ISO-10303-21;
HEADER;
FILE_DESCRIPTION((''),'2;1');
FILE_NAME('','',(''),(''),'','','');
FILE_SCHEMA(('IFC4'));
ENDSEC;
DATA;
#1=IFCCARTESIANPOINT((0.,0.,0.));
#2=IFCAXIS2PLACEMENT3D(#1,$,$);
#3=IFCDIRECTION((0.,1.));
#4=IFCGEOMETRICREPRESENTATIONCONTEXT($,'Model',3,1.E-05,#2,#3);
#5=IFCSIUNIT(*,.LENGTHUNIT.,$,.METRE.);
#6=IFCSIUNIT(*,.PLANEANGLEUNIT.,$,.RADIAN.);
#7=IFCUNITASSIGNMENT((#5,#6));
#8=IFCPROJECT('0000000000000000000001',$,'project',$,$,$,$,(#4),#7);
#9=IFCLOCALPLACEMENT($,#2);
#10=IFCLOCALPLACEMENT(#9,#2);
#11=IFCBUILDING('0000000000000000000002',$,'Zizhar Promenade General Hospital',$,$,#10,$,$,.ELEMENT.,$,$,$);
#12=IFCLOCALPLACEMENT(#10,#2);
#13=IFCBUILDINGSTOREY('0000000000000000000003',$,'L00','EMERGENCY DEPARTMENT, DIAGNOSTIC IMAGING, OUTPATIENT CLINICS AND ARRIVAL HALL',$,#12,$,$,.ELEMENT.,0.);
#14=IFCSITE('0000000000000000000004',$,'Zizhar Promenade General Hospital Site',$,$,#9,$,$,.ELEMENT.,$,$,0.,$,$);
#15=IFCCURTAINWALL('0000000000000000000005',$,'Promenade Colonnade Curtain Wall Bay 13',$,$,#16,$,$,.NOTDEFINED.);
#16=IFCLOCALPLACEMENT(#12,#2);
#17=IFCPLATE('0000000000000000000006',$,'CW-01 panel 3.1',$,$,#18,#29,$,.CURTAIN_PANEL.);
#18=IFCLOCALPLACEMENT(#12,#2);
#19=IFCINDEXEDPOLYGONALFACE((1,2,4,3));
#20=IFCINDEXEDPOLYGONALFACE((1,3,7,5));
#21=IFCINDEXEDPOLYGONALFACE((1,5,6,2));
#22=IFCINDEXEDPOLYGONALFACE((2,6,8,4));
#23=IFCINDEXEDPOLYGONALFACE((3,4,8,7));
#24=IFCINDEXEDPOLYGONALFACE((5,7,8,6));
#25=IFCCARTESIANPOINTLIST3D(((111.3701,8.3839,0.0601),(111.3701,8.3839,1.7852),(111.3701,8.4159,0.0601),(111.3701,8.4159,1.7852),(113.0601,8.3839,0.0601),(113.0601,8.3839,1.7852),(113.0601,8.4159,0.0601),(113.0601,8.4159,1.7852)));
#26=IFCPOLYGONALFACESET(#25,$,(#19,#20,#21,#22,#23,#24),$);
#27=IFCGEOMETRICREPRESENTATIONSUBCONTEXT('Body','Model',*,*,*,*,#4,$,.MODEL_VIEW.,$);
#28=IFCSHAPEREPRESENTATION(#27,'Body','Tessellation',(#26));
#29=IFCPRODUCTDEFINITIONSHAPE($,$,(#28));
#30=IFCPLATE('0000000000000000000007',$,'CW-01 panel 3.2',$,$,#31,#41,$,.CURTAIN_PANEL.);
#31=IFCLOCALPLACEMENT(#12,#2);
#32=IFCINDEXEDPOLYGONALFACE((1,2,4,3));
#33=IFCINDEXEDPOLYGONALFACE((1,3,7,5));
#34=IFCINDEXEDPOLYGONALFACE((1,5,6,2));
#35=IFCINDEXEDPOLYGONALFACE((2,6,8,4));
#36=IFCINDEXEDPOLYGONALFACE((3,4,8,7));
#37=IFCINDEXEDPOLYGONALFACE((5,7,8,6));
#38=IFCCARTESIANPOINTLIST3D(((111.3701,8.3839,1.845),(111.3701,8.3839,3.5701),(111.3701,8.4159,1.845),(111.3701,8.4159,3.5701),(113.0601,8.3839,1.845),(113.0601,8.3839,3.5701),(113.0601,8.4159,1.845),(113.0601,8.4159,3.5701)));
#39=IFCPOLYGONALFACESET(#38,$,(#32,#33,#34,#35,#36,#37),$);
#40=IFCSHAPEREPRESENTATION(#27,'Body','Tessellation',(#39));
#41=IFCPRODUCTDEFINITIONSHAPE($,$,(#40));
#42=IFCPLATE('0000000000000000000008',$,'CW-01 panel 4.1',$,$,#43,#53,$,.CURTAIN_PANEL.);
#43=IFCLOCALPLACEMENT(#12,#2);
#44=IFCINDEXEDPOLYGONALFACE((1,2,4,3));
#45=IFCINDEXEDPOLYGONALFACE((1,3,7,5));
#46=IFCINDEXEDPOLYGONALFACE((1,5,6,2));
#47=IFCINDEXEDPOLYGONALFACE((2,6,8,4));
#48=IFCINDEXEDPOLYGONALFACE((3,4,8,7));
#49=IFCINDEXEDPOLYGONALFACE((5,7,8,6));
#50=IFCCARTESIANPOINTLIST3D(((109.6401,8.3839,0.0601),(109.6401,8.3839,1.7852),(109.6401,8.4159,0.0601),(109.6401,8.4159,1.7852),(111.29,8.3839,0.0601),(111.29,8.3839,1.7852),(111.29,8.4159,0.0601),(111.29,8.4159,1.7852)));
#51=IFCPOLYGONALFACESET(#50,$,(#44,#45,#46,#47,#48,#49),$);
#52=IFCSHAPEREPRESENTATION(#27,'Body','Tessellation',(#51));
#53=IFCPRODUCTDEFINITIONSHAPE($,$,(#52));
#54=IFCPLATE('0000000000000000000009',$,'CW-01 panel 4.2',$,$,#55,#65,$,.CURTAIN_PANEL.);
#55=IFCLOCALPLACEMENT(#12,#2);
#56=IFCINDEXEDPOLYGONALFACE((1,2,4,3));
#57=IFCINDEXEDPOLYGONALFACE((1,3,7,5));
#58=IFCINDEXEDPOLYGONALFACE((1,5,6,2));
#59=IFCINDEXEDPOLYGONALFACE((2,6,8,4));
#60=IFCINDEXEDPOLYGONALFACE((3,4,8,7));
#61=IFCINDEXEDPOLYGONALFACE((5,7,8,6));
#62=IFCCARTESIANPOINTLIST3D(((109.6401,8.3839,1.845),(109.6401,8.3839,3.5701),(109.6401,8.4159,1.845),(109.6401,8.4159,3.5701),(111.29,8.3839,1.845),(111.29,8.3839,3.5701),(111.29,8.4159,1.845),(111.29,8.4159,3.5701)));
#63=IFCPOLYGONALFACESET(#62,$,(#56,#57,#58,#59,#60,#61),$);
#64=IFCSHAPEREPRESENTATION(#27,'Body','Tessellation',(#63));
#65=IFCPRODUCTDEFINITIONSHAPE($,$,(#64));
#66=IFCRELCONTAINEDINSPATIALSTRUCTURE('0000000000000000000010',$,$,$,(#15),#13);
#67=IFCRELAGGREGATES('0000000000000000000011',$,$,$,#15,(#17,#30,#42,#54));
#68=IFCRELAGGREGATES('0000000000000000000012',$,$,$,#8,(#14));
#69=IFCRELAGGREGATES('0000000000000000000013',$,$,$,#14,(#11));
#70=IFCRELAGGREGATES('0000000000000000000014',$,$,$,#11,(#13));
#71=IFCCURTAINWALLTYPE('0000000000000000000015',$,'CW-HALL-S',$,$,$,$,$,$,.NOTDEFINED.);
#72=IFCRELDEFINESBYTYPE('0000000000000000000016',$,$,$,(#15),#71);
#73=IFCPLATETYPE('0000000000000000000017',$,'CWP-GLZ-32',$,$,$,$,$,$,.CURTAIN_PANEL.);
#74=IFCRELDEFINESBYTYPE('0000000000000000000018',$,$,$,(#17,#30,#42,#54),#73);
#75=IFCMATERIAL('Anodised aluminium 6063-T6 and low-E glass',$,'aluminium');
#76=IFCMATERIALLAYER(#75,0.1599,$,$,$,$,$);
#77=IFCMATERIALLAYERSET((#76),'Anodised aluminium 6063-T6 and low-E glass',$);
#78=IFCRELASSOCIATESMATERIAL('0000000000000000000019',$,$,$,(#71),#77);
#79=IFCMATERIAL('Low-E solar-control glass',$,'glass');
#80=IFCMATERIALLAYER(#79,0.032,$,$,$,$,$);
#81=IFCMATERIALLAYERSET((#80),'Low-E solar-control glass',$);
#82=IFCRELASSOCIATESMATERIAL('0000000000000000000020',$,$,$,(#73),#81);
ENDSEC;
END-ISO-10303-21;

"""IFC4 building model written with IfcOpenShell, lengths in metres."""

from ifc_helpers import new_model, si_unit, direction, frame, origin, origin_2d, place, context, subcontext, project, spatial, rectangle, extrude, material, layer, layer_set, type_object, element, aggregate, save


model = new_model("IFC4")

# Units and contexts
model_context = context("Model", 3, precision=1e-05, world=origin(), true_north=direction((0.0, 1.0)))
body_context = subcontext(model_context, "Body", "Model", "MODEL_VIEW")
ifc_project = project(units=[si_unit("LENGTHUNIT", "METRE"), si_unit("PLANEANGLEUNIT", "RADIAN")], contexts=[model_context])

# Site, building, storey
site_placement = place(None, origin())
site = spatial("IfcSite", under=ifc_project, at=site_placement, Name="Zizhar Promenade General Hospital Site", CompositionType="ELEMENT", RefElevation=0.0)
building_placement = place(site_placement, origin())
building = spatial("IfcBuilding", under=site, at=building_placement, Name="Zizhar Promenade General Hospital", CompositionType="ELEMENT")
storey_placement = place(building_placement, origin())
storey = spatial("IfcBuildingStorey", under=building, at=storey_placement, Name="L00", Description="EMERGENCY DEPARTMENT, DIAGNOSTIC IMAGING, OUTPATIENT CLINICS AND ARRIVAL HALL", CompositionType="ELEMENT", Elevation=0.0)

# Curtain wall
ifc_material_1 = material(Name="Anodised aluminium 6063-T6 and low-E glass", Category="aluminium")
ifc_layer_1 = layer(ifc_material_1, 0.1599)
ifc_layer_set_1 = layer_set([ifc_layer_1], Name="Anodised aluminium 6063-T6 and low-E glass")
curtain_wall_type = type_object("IfcCurtainWallType", Name="CW-HALL-S", PredefinedType="NOTDEFINED", material=ifc_layer_set_1)
curtain_wall_1_placement = place(storey_placement, origin())
curtain_wall_1 = element("IfcCurtainWall", 1, at=curtain_wall_1_placement, inside=storey, type_object=curtain_wall_type, Name="Promenade Colonnade Curtain Wall Bay 13", PredefinedType="NOTDEFINED")

# Plates
ifc_material_2 = material(Name="Low-E solar-control glass", Category="glass")
ifc_layer_2 = layer(ifc_material_2, 0.032)
ifc_layer_set_2 = layer_set([ifc_layer_2], Name="Low-E solar-control glass")
plate_type = type_object("IfcPlateType", Name="CWP-GLZ-32", PredefinedType="CURTAIN_PANEL", material=ifc_layer_set_2)
plate_1_placement = place(storey_placement, frame((112.2151, 8.3999, 0.0601), z_axis=(0.0, 0.0, 1.0), x_axis=(-1.0, 0.0, 0.0)))
plate_1 = element("IfcPlate", 2, at=plate_1_placement, type_object=plate_type, Name="CW-01 panel 3.1", PredefinedType="CURTAIN_PANEL", context=body_context, shape_type="SweptSolid", body=[
    extrude(rectangle(XDim=1.6899, YDim=0.032, at=origin_2d()), origin(), (0.0, 0.0, 1.0), 1.7251),
])
plate_2_placement = place(storey_placement, frame((112.2151, 8.3999, 1.845), z_axis=(0.0, 0.0, 1.0), x_axis=(-1.0, 0.0, 0.0)))
plate_2 = element("IfcPlate", 3, at=plate_2_placement, type_object=plate_type, Name="CW-01 panel 3.2", PredefinedType="CURTAIN_PANEL", context=body_context, shape_type="SweptSolid", body=[
    extrude(rectangle(XDim=1.6899, YDim=0.032, at=origin_2d()), origin(), (0.0, 0.0, 1.0), 1.7251),
])
plate_3_placement = place(storey_placement, frame((110.4651, 8.3999, 0.0601), z_axis=(0.0, 0.0, 1.0), x_axis=(-1.0, 0.0, 0.0)))
plate_3 = element("IfcPlate", 4, at=plate_3_placement, type_object=plate_type, Name="CW-01 panel 4.1", PredefinedType="CURTAIN_PANEL", context=body_context, shape_type="SweptSolid", body=[
    extrude(rectangle(XDim=1.6499, YDim=0.032, at=origin_2d()), origin(), (0.0, 0.0, 1.0), 1.7251),
])
plate_4_placement = place(storey_placement, frame((110.4651, 8.3999, 1.845), z_axis=(0.0, 0.0, 1.0), x_axis=(-1.0, 0.0, 0.0)))
plate_4 = element("IfcPlate", 5, at=plate_4_placement, type_object=plate_type, Name="CW-01 panel 4.2", PredefinedType="CURTAIN_PANEL", context=body_context, shape_type="SweptSolid", body=[
    extrude(rectangle(XDim=1.6499, YDim=0.032, at=origin_2d()), origin(), (0.0, 0.0, 1.0), 1.7251),
])
aggregate(curtain_wall_1, [plate_1, plate_2, plate_3, plate_4])

save(model, "model.ifc")
